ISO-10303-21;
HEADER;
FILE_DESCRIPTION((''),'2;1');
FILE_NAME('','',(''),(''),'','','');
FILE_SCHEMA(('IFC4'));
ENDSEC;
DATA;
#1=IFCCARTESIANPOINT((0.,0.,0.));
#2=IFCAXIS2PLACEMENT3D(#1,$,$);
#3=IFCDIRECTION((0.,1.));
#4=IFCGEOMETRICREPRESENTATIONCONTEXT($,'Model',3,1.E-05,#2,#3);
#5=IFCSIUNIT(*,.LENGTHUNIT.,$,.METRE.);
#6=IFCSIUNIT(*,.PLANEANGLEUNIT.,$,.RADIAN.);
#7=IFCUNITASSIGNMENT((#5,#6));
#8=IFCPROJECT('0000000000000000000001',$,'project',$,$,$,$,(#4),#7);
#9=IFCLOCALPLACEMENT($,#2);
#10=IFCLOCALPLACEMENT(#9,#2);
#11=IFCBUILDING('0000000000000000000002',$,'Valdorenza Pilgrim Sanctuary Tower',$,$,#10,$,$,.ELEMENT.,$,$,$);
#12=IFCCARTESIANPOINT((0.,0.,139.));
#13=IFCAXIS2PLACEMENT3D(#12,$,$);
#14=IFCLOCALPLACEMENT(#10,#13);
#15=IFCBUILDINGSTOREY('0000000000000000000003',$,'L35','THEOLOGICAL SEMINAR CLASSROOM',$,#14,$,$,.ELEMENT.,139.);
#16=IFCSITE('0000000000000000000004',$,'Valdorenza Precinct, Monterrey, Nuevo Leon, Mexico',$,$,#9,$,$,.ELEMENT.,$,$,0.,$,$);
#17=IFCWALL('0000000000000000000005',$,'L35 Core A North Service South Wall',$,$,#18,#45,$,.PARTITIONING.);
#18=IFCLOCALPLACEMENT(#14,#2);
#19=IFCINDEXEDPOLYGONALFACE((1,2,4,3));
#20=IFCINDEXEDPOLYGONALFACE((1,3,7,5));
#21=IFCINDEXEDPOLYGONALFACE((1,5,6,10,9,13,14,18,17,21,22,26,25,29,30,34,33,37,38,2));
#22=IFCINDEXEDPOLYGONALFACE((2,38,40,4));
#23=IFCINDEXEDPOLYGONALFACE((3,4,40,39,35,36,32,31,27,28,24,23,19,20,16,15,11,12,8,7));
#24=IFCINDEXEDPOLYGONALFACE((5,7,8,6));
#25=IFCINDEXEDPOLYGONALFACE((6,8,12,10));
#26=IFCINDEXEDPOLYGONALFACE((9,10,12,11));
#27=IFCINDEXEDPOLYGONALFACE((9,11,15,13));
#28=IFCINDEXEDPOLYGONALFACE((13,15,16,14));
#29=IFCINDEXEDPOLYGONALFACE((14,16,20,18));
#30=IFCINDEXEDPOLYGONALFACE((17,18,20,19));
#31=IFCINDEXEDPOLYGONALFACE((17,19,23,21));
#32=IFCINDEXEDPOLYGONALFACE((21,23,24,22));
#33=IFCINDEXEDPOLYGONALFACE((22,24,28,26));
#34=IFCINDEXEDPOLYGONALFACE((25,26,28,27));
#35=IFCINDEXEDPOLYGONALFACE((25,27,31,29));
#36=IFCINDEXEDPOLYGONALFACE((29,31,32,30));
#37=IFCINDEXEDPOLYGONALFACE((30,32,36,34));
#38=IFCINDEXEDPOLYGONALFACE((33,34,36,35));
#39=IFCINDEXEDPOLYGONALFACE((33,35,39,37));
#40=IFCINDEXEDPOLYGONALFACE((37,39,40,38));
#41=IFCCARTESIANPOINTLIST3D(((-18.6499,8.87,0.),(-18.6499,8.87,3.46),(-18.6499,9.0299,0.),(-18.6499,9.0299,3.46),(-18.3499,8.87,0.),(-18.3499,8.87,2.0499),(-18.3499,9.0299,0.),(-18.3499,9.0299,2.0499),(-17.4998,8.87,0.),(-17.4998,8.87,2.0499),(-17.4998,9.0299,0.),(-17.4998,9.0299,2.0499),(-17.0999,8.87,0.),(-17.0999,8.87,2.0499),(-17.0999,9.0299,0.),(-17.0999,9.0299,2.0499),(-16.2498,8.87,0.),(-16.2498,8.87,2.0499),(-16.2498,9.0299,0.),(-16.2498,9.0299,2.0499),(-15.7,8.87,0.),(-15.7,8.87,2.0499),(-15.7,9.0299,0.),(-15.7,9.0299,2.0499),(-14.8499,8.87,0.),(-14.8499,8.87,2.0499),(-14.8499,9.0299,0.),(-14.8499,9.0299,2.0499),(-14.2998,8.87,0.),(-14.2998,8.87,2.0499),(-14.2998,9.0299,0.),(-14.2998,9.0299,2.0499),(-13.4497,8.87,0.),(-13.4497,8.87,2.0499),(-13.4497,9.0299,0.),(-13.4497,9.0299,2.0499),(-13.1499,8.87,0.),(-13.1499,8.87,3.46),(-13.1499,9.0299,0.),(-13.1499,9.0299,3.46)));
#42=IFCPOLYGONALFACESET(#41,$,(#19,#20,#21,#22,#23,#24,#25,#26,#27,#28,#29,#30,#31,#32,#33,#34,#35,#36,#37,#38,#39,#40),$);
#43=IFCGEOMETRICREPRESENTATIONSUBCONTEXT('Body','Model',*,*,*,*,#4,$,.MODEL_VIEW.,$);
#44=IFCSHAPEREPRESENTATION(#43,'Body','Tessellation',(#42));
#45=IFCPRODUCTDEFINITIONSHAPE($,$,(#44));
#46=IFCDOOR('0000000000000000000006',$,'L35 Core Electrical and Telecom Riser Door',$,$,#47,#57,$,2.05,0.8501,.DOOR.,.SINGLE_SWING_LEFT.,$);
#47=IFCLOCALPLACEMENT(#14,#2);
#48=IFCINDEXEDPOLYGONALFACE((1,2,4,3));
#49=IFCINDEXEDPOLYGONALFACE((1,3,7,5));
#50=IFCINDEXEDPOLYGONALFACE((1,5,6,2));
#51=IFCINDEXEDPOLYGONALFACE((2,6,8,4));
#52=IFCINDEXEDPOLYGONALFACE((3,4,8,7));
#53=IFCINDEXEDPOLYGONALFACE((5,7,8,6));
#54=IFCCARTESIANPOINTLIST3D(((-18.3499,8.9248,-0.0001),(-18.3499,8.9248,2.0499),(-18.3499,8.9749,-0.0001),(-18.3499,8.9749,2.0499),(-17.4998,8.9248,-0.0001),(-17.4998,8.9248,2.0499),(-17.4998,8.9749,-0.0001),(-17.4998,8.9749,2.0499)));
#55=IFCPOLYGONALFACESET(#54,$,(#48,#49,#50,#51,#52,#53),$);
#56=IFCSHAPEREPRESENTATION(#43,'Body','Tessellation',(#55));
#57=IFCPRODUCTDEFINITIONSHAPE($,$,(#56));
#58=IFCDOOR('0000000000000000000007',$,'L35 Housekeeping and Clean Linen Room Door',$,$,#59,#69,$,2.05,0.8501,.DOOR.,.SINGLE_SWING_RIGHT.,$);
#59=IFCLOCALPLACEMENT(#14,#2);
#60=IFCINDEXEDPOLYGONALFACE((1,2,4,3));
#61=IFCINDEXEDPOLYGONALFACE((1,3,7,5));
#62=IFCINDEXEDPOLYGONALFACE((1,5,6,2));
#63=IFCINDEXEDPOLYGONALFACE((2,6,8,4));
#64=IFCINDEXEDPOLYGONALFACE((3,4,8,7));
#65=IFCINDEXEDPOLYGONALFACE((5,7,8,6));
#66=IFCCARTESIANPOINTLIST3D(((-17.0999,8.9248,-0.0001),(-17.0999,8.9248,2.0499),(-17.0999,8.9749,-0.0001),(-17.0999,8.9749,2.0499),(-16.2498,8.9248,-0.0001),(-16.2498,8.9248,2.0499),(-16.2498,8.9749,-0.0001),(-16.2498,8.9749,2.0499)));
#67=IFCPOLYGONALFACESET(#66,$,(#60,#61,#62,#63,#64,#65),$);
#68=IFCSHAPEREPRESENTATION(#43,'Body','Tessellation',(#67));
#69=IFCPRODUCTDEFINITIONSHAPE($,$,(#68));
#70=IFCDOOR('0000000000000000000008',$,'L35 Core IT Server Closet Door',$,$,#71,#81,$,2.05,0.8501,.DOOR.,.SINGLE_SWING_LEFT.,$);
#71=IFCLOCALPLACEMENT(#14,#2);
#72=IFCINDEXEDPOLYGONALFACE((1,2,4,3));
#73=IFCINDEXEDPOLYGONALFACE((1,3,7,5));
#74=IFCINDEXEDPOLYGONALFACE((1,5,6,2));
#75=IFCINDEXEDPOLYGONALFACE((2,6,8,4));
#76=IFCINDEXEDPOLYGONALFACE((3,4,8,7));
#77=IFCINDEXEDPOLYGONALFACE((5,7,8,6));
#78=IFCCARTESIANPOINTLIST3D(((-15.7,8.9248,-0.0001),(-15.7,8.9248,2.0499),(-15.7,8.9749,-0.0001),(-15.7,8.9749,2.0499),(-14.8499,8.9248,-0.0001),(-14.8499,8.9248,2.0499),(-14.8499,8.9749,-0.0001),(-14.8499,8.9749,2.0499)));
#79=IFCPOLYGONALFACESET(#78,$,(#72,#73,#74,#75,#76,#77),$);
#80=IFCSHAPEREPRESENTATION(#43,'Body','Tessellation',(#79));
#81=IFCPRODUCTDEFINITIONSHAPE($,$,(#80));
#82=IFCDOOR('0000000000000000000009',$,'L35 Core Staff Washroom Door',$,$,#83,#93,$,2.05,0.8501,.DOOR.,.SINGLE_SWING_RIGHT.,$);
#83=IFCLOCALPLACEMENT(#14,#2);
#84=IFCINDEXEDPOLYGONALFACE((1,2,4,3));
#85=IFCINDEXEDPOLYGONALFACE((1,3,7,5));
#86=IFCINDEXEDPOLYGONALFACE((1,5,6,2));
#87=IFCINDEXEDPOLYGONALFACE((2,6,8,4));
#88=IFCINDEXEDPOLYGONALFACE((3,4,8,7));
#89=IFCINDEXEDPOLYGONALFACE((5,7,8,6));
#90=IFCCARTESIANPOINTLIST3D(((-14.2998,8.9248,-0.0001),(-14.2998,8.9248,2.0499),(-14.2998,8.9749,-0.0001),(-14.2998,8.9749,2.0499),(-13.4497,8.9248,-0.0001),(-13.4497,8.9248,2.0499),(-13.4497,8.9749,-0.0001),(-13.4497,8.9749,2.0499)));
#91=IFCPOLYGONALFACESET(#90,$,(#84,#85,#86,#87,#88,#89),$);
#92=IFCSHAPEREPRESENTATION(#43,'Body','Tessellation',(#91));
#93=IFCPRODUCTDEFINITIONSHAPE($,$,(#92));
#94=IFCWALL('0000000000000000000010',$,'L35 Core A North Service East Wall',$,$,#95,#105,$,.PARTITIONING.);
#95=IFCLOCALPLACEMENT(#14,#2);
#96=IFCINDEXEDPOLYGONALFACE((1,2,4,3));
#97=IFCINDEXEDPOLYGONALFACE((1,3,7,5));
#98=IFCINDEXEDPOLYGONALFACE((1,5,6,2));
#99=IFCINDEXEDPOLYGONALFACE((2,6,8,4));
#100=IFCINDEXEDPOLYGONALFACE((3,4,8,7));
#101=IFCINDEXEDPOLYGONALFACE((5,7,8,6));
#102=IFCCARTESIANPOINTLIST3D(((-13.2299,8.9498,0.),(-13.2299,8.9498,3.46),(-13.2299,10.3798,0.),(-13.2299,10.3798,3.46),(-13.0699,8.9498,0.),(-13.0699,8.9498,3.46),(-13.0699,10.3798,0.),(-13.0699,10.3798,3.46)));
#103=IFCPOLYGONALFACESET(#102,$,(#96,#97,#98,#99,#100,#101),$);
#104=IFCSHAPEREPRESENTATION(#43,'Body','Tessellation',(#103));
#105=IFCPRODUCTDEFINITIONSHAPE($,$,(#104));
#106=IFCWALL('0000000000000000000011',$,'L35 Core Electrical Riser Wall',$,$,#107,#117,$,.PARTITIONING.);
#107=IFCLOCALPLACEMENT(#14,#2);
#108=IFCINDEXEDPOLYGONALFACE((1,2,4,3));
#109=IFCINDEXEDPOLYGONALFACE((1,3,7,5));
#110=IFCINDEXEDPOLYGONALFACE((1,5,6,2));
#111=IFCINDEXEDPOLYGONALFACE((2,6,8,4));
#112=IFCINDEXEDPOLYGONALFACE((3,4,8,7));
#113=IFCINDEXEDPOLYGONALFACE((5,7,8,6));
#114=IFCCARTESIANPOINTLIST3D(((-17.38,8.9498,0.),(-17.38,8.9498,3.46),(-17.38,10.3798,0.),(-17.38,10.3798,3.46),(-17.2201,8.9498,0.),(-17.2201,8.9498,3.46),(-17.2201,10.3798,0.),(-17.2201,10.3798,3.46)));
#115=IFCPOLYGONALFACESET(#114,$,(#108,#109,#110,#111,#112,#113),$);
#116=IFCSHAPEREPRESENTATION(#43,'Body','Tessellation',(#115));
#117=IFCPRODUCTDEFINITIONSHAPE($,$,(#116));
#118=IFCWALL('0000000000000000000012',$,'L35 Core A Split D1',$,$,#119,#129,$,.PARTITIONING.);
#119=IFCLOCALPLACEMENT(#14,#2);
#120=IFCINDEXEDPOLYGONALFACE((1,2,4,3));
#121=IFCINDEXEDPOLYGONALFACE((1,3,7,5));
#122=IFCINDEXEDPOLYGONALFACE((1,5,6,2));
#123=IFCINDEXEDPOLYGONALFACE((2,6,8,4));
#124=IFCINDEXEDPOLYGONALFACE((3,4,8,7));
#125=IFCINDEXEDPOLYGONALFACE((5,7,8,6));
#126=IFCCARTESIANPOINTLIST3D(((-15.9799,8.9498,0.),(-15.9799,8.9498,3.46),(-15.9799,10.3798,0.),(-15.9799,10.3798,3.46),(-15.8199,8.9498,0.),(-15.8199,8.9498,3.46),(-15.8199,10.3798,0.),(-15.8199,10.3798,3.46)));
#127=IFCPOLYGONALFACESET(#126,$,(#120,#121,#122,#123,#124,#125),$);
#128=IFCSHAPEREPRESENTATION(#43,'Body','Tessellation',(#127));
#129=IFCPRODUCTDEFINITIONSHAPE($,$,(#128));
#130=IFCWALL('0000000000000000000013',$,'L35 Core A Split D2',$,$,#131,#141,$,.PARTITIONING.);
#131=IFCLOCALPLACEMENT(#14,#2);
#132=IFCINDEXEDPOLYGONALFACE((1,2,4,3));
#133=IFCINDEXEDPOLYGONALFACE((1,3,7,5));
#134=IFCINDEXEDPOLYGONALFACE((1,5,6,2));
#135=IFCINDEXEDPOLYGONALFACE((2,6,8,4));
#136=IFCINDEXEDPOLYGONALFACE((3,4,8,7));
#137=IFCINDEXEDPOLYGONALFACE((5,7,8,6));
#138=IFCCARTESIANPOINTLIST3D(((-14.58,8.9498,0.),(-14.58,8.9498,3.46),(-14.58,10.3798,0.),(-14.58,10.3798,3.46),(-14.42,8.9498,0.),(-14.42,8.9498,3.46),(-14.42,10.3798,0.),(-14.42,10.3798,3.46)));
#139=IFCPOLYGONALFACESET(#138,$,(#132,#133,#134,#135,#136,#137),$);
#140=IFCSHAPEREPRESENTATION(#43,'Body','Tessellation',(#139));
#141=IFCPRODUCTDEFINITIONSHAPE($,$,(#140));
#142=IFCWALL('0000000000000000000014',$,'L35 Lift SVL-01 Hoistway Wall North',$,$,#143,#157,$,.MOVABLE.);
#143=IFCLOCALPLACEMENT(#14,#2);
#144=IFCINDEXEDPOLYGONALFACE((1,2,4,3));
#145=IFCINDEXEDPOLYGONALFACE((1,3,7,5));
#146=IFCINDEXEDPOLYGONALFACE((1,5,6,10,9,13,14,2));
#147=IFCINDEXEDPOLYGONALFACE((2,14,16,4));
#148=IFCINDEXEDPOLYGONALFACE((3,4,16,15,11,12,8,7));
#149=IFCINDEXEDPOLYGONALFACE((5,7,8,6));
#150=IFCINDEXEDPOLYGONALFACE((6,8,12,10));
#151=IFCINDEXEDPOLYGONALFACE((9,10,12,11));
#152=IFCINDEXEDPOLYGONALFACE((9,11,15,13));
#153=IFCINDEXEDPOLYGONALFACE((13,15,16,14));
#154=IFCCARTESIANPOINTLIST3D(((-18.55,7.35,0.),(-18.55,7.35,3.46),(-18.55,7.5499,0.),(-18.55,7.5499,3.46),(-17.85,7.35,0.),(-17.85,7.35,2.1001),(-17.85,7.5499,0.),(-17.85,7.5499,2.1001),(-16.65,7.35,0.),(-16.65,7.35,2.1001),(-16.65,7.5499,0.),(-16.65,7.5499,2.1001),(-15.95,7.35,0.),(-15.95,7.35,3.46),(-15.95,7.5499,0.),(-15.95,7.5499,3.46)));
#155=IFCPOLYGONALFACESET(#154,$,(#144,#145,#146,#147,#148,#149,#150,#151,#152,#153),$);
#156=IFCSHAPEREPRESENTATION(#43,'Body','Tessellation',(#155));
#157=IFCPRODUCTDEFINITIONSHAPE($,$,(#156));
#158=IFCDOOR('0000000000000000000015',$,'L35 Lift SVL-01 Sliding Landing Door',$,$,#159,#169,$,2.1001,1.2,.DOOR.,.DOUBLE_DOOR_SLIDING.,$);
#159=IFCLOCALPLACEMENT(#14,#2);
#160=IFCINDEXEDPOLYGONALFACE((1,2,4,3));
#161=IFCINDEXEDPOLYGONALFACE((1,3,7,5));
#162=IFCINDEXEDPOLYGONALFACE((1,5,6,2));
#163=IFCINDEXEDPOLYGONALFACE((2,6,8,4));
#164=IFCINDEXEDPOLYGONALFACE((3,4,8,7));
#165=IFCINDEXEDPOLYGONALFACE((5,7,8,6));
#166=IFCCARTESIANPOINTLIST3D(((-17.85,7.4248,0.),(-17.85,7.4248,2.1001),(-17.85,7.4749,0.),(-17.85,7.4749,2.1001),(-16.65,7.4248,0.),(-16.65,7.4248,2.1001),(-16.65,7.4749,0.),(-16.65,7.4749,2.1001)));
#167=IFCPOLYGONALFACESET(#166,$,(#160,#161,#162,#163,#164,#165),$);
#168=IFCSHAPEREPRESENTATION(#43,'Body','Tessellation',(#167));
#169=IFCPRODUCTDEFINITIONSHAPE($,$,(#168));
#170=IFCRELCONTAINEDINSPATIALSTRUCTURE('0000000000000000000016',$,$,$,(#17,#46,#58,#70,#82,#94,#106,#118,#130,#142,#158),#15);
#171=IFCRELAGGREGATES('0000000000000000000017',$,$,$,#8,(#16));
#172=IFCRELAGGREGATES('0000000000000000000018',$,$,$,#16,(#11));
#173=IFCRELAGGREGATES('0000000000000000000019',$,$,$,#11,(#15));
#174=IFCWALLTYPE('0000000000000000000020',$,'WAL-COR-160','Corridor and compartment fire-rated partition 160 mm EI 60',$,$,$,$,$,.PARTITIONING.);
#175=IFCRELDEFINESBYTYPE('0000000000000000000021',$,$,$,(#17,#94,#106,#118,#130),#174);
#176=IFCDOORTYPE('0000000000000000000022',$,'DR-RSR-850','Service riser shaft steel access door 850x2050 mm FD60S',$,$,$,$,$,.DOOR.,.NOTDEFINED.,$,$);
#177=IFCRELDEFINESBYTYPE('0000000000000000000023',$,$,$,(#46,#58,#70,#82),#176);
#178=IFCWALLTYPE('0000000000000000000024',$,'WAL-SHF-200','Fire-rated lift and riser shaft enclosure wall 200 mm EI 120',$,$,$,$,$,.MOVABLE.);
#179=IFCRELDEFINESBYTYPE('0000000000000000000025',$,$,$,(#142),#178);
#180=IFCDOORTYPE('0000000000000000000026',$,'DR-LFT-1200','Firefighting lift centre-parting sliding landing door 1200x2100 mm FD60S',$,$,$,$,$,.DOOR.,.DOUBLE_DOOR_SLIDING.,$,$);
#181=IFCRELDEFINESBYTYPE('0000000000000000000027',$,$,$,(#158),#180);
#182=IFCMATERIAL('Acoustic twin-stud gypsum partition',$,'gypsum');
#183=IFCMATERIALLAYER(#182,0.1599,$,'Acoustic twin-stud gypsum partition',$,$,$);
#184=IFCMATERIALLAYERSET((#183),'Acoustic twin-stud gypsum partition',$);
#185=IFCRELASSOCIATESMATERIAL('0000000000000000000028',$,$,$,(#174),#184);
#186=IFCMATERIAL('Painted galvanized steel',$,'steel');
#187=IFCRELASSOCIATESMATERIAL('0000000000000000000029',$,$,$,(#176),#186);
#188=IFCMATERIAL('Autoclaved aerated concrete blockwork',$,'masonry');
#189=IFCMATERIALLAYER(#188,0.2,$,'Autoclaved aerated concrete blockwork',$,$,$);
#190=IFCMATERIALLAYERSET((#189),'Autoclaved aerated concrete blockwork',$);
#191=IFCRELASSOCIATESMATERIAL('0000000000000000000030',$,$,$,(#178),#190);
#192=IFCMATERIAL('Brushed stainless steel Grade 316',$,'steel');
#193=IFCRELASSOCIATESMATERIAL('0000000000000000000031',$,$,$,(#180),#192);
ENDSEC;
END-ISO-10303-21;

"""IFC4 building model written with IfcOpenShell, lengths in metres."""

from ifc_helpers import new_model, si_unit, direction, frame, frame_2d, origin, place, context, subcontext, project, spatial, rectangle, extrude, material, layer, layer_set, type_object, element, fill, save


model = new_model("IFC4")

# Units and contexts
model_context = context("Model", 3, precision=1e-05, world=origin(), true_north=direction((0.0, 1.0)))
body_context = subcontext(model_context, "Body", "Model", "MODEL_VIEW")
ifc_project = project(units=[si_unit("LENGTHUNIT", "METRE"), si_unit("PLANEANGLEUNIT", "RADIAN")], contexts=[model_context])

# Site, building, storey
site_placement = place(None, origin())
site = spatial("IfcSite", under=ifc_project, at=site_placement, Name="Valdorenza Precinct, Monterrey, Nuevo Leon, Mexico", CompositionType="ELEMENT", RefElevation=0.0)
building_placement = place(site_placement, origin())
building = spatial("IfcBuilding", under=site, at=building_placement, Name="Valdorenza Pilgrim Sanctuary Tower", CompositionType="ELEMENT")
storey_placement = place(building_placement, frame((0.0, 0.0, 139.0)))
storey = spatial("IfcBuildingStorey", under=building, at=storey_placement, Name="L35", Description="THEOLOGICAL SEMINAR CLASSROOM", CompositionType="ELEMENT", Elevation=139.0)

# Shared definitions
ifc_material_1 = material(Name="Acoustic twin-stud gypsum partition", Category="gypsum")
ifc_layer_1 = layer(ifc_material_1, 0.1599, Name="Acoustic twin-stud gypsum partition")
ifc_layer_set_1 = layer_set([ifc_layer_1], Name="Acoustic twin-stud gypsum partition")
wall_type_1 = type_object("IfcWallType", Name="WAL-COR-160", Description="Corridor and compartment fire-rated partition 160 mm EI 60", PredefinedType="PARTITIONING", material=ifc_layer_set_1)

# Wall, openings, doors
wall_1_placement = place(storey_placement, frame((-18.6499, 8.95, 0.0), z_axis=(0.0, 0.0, 1.0), x_axis=(1.0, 0.0, 0.0)))
wall_1 = element("IfcWall", 1, at=wall_1_placement, inside=storey, type_object=wall_type_1, Name="L35 Core A North Service South Wall", PredefinedType="PARTITIONING", context=body_context, shape_type="SweptSolid", body=[
    extrude(rectangle(XDim=5.5, YDim=0.1599, at=frame_2d((2.75, 0.0))), origin(), (0.0, 0.0, 1.0), 3.46),
])
opening_1_placement = place(wall_1_placement, frame((0.3, 0.0, 0.0)))
opening_1 = element("IfcOpeningElement", 2, at=opening_1_placement, cuts=wall_1, PredefinedType="OPENING", context=body_context, shape_type="SweptSolid", body=[
    extrude(rectangle(XDim=0.8501, YDim=2.05, at=frame_2d((0.425, 1.0249))), frame((0.0, 0.0947, 0.0), z_axis=(0.0, -1.0, 0.0), x_axis=(1.0, 0.0, 0.0)), (0.0, 0.0, 1.0), 0.1897),
])
opening_2_placement = place(wall_1_placement, frame((1.55, 0.0, 0.0)))
opening_2 = element("IfcOpeningElement", 3, at=opening_2_placement, cuts=wall_1, PredefinedType="OPENING", context=body_context, shape_type="SweptSolid", body=[
    extrude(rectangle(XDim=0.8501, YDim=2.05, at=frame_2d((0.425, 1.0249))), frame((0.0, 0.0947, 0.0), z_axis=(0.0, -1.0, 0.0), x_axis=(1.0, 0.0, 0.0)), (0.0, 0.0, 1.0), 0.1897),
])
opening_3_placement = place(wall_1_placement, frame((2.95, 0.0, 0.0)))
opening_3 = element("IfcOpeningElement", 4, at=opening_3_placement, cuts=wall_1, PredefinedType="OPENING", context=body_context, shape_type="SweptSolid", body=[
    extrude(rectangle(XDim=0.8501, YDim=2.05, at=frame_2d((0.425, 1.0249))), frame((0.0, 0.0947, 0.0), z_axis=(0.0, -1.0, 0.0), x_axis=(1.0, 0.0, 0.0)), (0.0, 0.0, 1.0), 0.1897),
])
opening_4_placement = place(wall_1_placement, frame((4.3501, 0.0, 0.0)))
opening_4 = element("IfcOpeningElement", 5, at=opening_4_placement, cuts=wall_1, PredefinedType="OPENING", context=body_context, shape_type="SweptSolid", body=[
    extrude(rectangle(XDim=0.8501, YDim=2.05, at=frame_2d((0.425, 1.0249))), frame((0.0, 0.0947, 0.0), z_axis=(0.0, -1.0, 0.0), x_axis=(1.0, 0.0, 0.0)), (0.0, 0.0, 1.0), 0.1897),
])
ifc_material_2 = material(Name="Painted galvanized steel", Category="steel")
door_type_1 = type_object("IfcDoorType", Name="DR-RSR-850", Description="Service riser shaft steel access door 850x2050 mm FD60S", OperationType="NOTDEFINED", PredefinedType="DOOR", material=ifc_material_2)
door_1_placement = place(opening_1_placement, origin())
door_1 = element("IfcDoor", 6, at=door_1_placement, inside=storey, type_object=door_type_1, Name="L35 Core Electrical and Telecom Riser Door", OperationType="SINGLE_SWING_LEFT", OverallHeight=2.05, OverallWidth=0.8501, PredefinedType="DOOR", context=body_context, shape_type="SweptSolid", body=[
    extrude(rectangle(XDim=0.8501, YDim=2.05, at=frame_2d((0.425, 1.0249))), frame((0.0, 0.0249, 0.0), z_axis=(0.0, -1.0, 0.0), x_axis=(1.0, 0.0, 0.0)), (0.0, 0.0, 1.0), 0.05),
])
fill(opening_1, door_1)
door_2_placement = place(opening_2_placement, origin())
door_2 = element("IfcDoor", 7, at=door_2_placement, inside=storey, type_object=door_type_1, Name="L35 Housekeeping and Clean Linen Room Door", OperationType="SINGLE_SWING_RIGHT", OverallHeight=2.05, OverallWidth=0.8501, PredefinedType="DOOR", context=body_context, shape_type="SweptSolid", body=[
    extrude(rectangle(XDim=0.8501, YDim=2.05, at=frame_2d((0.425, 1.0249))), frame((0.0, 0.0249, 0.0), z_axis=(0.0, -1.0, 0.0), x_axis=(1.0, 0.0, 0.0)), (0.0, 0.0, 1.0), 0.05),
])
fill(opening_2, door_2)
door_3_placement = place(opening_3_placement, origin())
door_3 = element("IfcDoor", 8, at=door_3_placement, inside=storey, type_object=door_type_1, Name="L35 Core IT Server Closet Door", OperationType="SINGLE_SWING_LEFT", OverallHeight=2.05, OverallWidth=0.8501, PredefinedType="DOOR", context=body_context, shape_type="SweptSolid", body=[
    extrude(rectangle(XDim=0.8501, YDim=2.05, at=frame_2d((0.425, 1.0249))), frame((0.0, 0.0249, 0.0), z_axis=(0.0, -1.0, 0.0), x_axis=(1.0, 0.0, 0.0)), (0.0, 0.0, 1.0), 0.05),
])
fill(opening_3, door_3)
door_4_placement = place(opening_4_placement, origin())
door_4 = element("IfcDoor", 9, at=door_4_placement, inside=storey, type_object=door_type_1, Name="L35 Core Staff Washroom Door", OperationType="SINGLE_SWING_RIGHT", OverallHeight=2.05, OverallWidth=0.8501, PredefinedType="DOOR", context=body_context, shape_type="SweptSolid", body=[
    extrude(rectangle(XDim=0.8501, YDim=2.05, at=frame_2d((0.425, 1.0249))), frame((0.0, 0.0249, 0.0), z_axis=(0.0, -1.0, 0.0), x_axis=(1.0, 0.0, 0.0)), (0.0, 0.0, 1.0), 0.05),
])
fill(opening_4, door_4)

# Walls
for number, where, z_axis, x_axis, name in (
    (10, (-13.1499, 8.95, 0.0), (0.0, 0.0, 1.0), (0.0, 1.0, 0.0), "L35 Core A North Service East Wall"),
    (11, (-17.3, 8.95, 0.0), (0.0, 0.0, 1.0), (0.0, 1.0, 0.0), "L35 Core Electrical Riser Wall"),
    (12, (-15.8999, 8.95, 0.0), (0.0, 0.0, 1.0), (0.0, 1.0, 0.0), "L35 Core A Split D1"),
    (13, (-14.5, 8.95, 0.0), (0.0, 0.0, 1.0), (0.0, 1.0, 0.0), "L35 Core A Split D2"),
):
    element("IfcWall", number, at=place(storey_placement, frame(where, z_axis=z_axis, x_axis=x_axis)), inside=storey, type_object=wall_type_1, Name=name, PredefinedType="PARTITIONING", context=body_context, shape_type="SweptSolid", body=[
        extrude(rectangle(XDim=1.4299, YDim=0.1599, at=frame_2d((0.7148, 0.0))), origin(), (0.0, 0.0, 1.0), 3.46),
    ])

# Wall, opening, door
ifc_material_3 = material(Name="Autoclaved aerated concrete blockwork", Category="masonry")
ifc_layer_2 = layer(ifc_material_3, 0.2, Name="Autoclaved aerated concrete blockwork")
ifc_layer_set_2 = layer_set([ifc_layer_2], Name="Autoclaved aerated concrete blockwork")
wall_type_2 = type_object("IfcWallType", Name="WAL-SHF-200", Description="Fire-rated lift and riser shaft enclosure wall 200 mm EI 120", PredefinedType="MOVABLE", material=ifc_layer_set_2)
wall_2_placement = place(storey_placement, frame((-18.55, 7.45, 0.0), z_axis=(0.0, 0.0, 1.0), x_axis=(1.0, 0.0, 0.0)))
wall_2 = element("IfcWall", 14, at=wall_2_placement, inside=storey, type_object=wall_type_2, Name="L35 Lift SVL-01 Hoistway Wall North", PredefinedType="MOVABLE", context=body_context, shape_type="SweptSolid", body=[
    extrude(rectangle(XDim=2.6001, YDim=0.2, at=frame_2d((1.3, 0.0))), origin(), (0.0, 0.0, 1.0), 3.46),
])
opening_5_placement = place(wall_2_placement, frame((0.7, 0.0, 0.0)))
opening_5 = element("IfcOpeningElement", 15, at=opening_5_placement, cuts=wall_2, PredefinedType="OPENING", context=body_context, shape_type="SweptSolid", body=[
    extrude(rectangle(XDim=1.2, YDim=2.1001, at=frame_2d((0.6001, 1.05))), frame((0.0, 0.1147, 0.0), z_axis=(0.0, -1.0, 0.0), x_axis=(1.0, 0.0, 0.0)), (0.0, 0.0, 1.0), 0.2297),
])
ifc_material_4 = material(Name="Brushed stainless steel Grade 316", Category="steel")
door_type_2 = type_object("IfcDoorType", Name="DR-LFT-1200", Description="Firefighting lift centre-parting sliding landing door 1200x2100 mm FD60S", OperationType="DOUBLE_DOOR_SLIDING", PredefinedType="DOOR", material=ifc_material_4)
door_5_placement = place(opening_5_placement, origin())
door_5 = element("IfcDoor", 16, at=door_5_placement, inside=storey, type_object=door_type_2, Name="L35 Lift SVL-01 Sliding Landing Door", OperationType="DOUBLE_DOOR_SLIDING", OverallHeight=2.1001, OverallWidth=1.2, PredefinedType="DOOR", context=body_context, shape_type="SweptSolid", body=[
    extrude(rectangle(XDim=1.2, YDim=2.1001, at=frame_2d((0.6001, 1.05))), frame((0.0, 0.0249, 0.0), z_axis=(0.0, -1.0, 0.0), x_axis=(1.0, 0.0, 0.0)), (0.0, 0.0, 1.0), 0.05),
])
fill(opening_5, door_5)

save(model, "model.ifc")
